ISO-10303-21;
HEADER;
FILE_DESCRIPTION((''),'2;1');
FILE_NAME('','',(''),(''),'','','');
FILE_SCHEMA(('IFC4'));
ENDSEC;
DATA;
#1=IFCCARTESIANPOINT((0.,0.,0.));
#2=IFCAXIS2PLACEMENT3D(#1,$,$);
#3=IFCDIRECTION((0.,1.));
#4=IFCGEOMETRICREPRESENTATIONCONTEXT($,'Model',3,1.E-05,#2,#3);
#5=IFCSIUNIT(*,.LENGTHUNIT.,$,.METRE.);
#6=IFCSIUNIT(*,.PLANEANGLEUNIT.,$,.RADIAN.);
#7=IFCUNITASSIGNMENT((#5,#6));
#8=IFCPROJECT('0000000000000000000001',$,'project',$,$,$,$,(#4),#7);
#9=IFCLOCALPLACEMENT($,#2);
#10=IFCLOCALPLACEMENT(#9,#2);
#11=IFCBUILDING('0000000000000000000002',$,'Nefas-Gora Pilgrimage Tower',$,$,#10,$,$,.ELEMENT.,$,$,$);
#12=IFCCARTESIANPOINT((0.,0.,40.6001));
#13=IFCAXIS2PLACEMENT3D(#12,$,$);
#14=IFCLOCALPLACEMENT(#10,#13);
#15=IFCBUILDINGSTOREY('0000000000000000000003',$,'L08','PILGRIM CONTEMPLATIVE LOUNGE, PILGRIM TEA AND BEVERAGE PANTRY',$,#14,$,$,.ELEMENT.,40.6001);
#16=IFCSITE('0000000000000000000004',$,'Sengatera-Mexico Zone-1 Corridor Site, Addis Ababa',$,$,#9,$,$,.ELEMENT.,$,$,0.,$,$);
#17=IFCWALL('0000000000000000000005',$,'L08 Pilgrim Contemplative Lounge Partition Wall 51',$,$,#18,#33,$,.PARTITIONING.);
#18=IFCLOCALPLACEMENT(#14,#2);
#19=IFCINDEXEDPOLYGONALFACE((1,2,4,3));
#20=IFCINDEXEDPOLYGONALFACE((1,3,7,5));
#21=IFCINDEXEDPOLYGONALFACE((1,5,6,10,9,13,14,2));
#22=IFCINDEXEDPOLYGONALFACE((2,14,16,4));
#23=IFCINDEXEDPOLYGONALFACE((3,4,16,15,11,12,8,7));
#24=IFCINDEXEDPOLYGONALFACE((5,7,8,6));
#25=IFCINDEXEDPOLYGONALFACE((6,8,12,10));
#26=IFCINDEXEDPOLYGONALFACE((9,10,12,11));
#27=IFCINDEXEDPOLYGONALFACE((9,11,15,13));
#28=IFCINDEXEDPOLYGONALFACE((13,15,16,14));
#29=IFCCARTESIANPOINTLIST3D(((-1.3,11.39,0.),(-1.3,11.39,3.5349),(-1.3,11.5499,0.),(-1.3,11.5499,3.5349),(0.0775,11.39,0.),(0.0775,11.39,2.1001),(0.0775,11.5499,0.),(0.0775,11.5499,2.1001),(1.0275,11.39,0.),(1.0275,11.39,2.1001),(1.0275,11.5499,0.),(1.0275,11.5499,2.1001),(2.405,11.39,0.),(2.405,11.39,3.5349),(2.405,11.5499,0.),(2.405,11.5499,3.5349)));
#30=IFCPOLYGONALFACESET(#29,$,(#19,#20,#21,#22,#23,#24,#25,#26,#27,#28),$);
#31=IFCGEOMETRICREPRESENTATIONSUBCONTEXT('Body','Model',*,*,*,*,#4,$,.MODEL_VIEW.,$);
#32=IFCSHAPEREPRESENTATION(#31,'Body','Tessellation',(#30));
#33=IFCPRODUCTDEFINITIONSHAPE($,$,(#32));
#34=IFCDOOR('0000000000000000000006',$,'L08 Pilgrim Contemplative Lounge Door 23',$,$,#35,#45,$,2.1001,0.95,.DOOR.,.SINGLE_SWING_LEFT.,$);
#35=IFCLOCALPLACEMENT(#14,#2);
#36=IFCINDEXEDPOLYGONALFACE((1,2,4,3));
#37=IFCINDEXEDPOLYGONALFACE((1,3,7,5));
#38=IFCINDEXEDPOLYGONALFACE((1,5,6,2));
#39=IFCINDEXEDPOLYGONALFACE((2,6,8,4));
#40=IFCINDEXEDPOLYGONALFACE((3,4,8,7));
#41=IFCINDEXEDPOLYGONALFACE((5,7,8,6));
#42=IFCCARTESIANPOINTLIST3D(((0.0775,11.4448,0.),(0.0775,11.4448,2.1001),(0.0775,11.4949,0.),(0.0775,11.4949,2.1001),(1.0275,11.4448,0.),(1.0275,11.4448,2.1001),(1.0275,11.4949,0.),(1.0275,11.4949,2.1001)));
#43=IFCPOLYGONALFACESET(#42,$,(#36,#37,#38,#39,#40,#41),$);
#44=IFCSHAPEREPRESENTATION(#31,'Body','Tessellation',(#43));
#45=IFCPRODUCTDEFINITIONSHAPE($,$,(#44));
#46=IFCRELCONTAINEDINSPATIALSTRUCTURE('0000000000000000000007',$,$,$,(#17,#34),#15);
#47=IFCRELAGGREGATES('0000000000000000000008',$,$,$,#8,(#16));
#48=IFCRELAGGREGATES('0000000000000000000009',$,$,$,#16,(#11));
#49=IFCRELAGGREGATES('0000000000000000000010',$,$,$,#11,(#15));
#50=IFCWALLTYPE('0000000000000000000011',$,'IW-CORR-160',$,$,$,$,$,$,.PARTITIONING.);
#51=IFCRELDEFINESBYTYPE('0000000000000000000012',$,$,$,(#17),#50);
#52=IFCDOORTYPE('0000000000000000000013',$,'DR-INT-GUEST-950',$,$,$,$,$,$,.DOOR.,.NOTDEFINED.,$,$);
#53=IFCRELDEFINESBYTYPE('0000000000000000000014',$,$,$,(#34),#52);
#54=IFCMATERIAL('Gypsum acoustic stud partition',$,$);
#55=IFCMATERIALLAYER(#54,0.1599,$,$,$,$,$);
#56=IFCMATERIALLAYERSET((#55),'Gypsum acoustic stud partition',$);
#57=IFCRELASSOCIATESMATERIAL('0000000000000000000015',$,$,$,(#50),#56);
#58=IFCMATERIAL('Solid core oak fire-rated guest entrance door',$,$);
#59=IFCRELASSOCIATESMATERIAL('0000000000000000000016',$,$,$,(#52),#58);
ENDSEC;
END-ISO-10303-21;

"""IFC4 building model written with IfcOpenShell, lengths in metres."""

from ifc_helpers import new_model, si_unit, direction, frame, frame_2d, origin, place, context, subcontext, project, spatial, rectangle, extrude, source, transform, mapped, material, layer, layer_set, type_object, element, fill, save


model = new_model("IFC4")

# Units and contexts
model_context = context("Model", 3, precision=1e-05, world=origin(), true_north=direction((0.0, 1.0)))
body_context = subcontext(model_context, "Body", "Model", "MODEL_VIEW")
ifc_project = project(units=[si_unit("LENGTHUNIT", "METRE"), si_unit("PLANEANGLEUNIT", "RADIAN")], contexts=[model_context])

# Site, building, storey
site_placement = place(None, origin())
site = spatial("IfcSite", under=ifc_project, at=site_placement, Name="Sengatera-Mexico Zone-1 Corridor Site, Addis Ababa", CompositionType="ELEMENT", RefElevation=0.0)
building_placement = place(site_placement, origin())
building = spatial("IfcBuilding", under=site, at=building_placement, Name="Nefas-Gora Pilgrimage Tower", CompositionType="ELEMENT")
storey_placement = place(building_placement, frame((0.0, 0.0, 40.6001)))
storey = spatial("IfcBuildingStorey", under=building, at=storey_placement, Name="L08", Description="PILGRIM CONTEMPLATIVE LOUNGE, PILGRIM TEA AND BEVERAGE PANTRY", CompositionType="ELEMENT", Elevation=40.6001)

# Shared definitions
ifc_material_1 = material(Name="Gypsum acoustic stud partition")
ifc_layer_1 = layer(ifc_material_1, 0.1599)
ifc_layer_set_1 = layer_set([ifc_layer_1], Name="Gypsum acoustic stud partition")
wall_type_1 = type_object("IfcWallType", Name="IW-CORR-160", PredefinedType="PARTITIONING", material=ifc_layer_set_1)
ifc_material_2 = material(Name="Solid core oak fire-rated guest entrance door")
door_type_1 = type_object("IfcDoorType", Name="DR-INT-GUEST-950", OperationType="NOTDEFINED", PredefinedType="DOOR", material=ifc_material_2)
shared_shape_1 = source(origin(), body_context, "Body", "SweptSolid", [
    extrude(rectangle(XDim=0.95, YDim=2.1001, at=frame_2d((0.4751, 1.05))), frame((0.0, 0.0249, 0.0), z_axis=(0.0, -1.0, 0.0), x_axis=(1.0, 0.0, 0.0)), (0.0, 0.0, 1.0), 0.05),
])

# Wall, opening, door
shared_shape_2 = source(origin(), body_context, "Body", "SweptSolid", [
    extrude(rectangle(XDim=3.7051, YDim=0.1599, at=frame_2d((1.8525, 0.0))), origin(), (0.0, 0.0, 1.0), 3.5349),
])
wall_1_placement = place(storey_placement, frame((-1.3, 11.47, 0.0), z_axis=(0.0, 0.0, 1.0), x_axis=(1.0, 0.0, 0.0)))
wall_1 = element("IfcWall", 1, at=wall_1_placement, inside=storey, type_object=wall_type_1, Name="L08 Pilgrim Contemplative Lounge Partition Wall 51", PredefinedType="PARTITIONING", context=body_context, shape_type="MappedRepresentation", body=[
    mapped(shared_shape_2, transform((0.0, 0.0, 0.0), x_axis=(1.0, 0.0, 0.0), y_axis=(0.0, 1.0, 0.0), z_axis=(0.0, 0.0, 1.0), scale=1.0)),
])
opening_1_placement = place(wall_1_placement, frame((1.3774, 0.0, 0.0)))
opening_1 = element("IfcOpeningElement", 2, at=opening_1_placement, cuts=wall_1, PredefinedType="OPENING", context=body_context, shape_type="SweptSolid", body=[
    extrude(rectangle(XDim=0.95, YDim=2.1001, at=frame_2d((0.4751, 1.05))), frame((0.0, 0.0898, 0.0), z_axis=(0.0, -1.0, 0.0), x_axis=(1.0, 0.0, 0.0)), (0.0, 0.0, 1.0), 0.1799),
])
door_1_placement = place(opening_1_placement, origin())
door_1 = element("IfcDoor", 3, at=door_1_placement, inside=storey, type_object=door_type_1, Name="L08 Pilgrim Contemplative Lounge Door 23", OperationType="SINGLE_SWING_LEFT", OverallHeight=2.1001, OverallWidth=0.95, PredefinedType="DOOR", context=body_context, shape_type="MappedRepresentation", body=[
    mapped(shared_shape_1, transform((0.0, 0.0, 0.0), x_axis=(1.0, 0.0, 0.0), y_axis=(0.0, 1.0, 0.0), z_axis=(0.0, 0.0, 1.0), scale=1.0)),
])
fill(opening_1, door_1)

save(model, "model.ifc")
